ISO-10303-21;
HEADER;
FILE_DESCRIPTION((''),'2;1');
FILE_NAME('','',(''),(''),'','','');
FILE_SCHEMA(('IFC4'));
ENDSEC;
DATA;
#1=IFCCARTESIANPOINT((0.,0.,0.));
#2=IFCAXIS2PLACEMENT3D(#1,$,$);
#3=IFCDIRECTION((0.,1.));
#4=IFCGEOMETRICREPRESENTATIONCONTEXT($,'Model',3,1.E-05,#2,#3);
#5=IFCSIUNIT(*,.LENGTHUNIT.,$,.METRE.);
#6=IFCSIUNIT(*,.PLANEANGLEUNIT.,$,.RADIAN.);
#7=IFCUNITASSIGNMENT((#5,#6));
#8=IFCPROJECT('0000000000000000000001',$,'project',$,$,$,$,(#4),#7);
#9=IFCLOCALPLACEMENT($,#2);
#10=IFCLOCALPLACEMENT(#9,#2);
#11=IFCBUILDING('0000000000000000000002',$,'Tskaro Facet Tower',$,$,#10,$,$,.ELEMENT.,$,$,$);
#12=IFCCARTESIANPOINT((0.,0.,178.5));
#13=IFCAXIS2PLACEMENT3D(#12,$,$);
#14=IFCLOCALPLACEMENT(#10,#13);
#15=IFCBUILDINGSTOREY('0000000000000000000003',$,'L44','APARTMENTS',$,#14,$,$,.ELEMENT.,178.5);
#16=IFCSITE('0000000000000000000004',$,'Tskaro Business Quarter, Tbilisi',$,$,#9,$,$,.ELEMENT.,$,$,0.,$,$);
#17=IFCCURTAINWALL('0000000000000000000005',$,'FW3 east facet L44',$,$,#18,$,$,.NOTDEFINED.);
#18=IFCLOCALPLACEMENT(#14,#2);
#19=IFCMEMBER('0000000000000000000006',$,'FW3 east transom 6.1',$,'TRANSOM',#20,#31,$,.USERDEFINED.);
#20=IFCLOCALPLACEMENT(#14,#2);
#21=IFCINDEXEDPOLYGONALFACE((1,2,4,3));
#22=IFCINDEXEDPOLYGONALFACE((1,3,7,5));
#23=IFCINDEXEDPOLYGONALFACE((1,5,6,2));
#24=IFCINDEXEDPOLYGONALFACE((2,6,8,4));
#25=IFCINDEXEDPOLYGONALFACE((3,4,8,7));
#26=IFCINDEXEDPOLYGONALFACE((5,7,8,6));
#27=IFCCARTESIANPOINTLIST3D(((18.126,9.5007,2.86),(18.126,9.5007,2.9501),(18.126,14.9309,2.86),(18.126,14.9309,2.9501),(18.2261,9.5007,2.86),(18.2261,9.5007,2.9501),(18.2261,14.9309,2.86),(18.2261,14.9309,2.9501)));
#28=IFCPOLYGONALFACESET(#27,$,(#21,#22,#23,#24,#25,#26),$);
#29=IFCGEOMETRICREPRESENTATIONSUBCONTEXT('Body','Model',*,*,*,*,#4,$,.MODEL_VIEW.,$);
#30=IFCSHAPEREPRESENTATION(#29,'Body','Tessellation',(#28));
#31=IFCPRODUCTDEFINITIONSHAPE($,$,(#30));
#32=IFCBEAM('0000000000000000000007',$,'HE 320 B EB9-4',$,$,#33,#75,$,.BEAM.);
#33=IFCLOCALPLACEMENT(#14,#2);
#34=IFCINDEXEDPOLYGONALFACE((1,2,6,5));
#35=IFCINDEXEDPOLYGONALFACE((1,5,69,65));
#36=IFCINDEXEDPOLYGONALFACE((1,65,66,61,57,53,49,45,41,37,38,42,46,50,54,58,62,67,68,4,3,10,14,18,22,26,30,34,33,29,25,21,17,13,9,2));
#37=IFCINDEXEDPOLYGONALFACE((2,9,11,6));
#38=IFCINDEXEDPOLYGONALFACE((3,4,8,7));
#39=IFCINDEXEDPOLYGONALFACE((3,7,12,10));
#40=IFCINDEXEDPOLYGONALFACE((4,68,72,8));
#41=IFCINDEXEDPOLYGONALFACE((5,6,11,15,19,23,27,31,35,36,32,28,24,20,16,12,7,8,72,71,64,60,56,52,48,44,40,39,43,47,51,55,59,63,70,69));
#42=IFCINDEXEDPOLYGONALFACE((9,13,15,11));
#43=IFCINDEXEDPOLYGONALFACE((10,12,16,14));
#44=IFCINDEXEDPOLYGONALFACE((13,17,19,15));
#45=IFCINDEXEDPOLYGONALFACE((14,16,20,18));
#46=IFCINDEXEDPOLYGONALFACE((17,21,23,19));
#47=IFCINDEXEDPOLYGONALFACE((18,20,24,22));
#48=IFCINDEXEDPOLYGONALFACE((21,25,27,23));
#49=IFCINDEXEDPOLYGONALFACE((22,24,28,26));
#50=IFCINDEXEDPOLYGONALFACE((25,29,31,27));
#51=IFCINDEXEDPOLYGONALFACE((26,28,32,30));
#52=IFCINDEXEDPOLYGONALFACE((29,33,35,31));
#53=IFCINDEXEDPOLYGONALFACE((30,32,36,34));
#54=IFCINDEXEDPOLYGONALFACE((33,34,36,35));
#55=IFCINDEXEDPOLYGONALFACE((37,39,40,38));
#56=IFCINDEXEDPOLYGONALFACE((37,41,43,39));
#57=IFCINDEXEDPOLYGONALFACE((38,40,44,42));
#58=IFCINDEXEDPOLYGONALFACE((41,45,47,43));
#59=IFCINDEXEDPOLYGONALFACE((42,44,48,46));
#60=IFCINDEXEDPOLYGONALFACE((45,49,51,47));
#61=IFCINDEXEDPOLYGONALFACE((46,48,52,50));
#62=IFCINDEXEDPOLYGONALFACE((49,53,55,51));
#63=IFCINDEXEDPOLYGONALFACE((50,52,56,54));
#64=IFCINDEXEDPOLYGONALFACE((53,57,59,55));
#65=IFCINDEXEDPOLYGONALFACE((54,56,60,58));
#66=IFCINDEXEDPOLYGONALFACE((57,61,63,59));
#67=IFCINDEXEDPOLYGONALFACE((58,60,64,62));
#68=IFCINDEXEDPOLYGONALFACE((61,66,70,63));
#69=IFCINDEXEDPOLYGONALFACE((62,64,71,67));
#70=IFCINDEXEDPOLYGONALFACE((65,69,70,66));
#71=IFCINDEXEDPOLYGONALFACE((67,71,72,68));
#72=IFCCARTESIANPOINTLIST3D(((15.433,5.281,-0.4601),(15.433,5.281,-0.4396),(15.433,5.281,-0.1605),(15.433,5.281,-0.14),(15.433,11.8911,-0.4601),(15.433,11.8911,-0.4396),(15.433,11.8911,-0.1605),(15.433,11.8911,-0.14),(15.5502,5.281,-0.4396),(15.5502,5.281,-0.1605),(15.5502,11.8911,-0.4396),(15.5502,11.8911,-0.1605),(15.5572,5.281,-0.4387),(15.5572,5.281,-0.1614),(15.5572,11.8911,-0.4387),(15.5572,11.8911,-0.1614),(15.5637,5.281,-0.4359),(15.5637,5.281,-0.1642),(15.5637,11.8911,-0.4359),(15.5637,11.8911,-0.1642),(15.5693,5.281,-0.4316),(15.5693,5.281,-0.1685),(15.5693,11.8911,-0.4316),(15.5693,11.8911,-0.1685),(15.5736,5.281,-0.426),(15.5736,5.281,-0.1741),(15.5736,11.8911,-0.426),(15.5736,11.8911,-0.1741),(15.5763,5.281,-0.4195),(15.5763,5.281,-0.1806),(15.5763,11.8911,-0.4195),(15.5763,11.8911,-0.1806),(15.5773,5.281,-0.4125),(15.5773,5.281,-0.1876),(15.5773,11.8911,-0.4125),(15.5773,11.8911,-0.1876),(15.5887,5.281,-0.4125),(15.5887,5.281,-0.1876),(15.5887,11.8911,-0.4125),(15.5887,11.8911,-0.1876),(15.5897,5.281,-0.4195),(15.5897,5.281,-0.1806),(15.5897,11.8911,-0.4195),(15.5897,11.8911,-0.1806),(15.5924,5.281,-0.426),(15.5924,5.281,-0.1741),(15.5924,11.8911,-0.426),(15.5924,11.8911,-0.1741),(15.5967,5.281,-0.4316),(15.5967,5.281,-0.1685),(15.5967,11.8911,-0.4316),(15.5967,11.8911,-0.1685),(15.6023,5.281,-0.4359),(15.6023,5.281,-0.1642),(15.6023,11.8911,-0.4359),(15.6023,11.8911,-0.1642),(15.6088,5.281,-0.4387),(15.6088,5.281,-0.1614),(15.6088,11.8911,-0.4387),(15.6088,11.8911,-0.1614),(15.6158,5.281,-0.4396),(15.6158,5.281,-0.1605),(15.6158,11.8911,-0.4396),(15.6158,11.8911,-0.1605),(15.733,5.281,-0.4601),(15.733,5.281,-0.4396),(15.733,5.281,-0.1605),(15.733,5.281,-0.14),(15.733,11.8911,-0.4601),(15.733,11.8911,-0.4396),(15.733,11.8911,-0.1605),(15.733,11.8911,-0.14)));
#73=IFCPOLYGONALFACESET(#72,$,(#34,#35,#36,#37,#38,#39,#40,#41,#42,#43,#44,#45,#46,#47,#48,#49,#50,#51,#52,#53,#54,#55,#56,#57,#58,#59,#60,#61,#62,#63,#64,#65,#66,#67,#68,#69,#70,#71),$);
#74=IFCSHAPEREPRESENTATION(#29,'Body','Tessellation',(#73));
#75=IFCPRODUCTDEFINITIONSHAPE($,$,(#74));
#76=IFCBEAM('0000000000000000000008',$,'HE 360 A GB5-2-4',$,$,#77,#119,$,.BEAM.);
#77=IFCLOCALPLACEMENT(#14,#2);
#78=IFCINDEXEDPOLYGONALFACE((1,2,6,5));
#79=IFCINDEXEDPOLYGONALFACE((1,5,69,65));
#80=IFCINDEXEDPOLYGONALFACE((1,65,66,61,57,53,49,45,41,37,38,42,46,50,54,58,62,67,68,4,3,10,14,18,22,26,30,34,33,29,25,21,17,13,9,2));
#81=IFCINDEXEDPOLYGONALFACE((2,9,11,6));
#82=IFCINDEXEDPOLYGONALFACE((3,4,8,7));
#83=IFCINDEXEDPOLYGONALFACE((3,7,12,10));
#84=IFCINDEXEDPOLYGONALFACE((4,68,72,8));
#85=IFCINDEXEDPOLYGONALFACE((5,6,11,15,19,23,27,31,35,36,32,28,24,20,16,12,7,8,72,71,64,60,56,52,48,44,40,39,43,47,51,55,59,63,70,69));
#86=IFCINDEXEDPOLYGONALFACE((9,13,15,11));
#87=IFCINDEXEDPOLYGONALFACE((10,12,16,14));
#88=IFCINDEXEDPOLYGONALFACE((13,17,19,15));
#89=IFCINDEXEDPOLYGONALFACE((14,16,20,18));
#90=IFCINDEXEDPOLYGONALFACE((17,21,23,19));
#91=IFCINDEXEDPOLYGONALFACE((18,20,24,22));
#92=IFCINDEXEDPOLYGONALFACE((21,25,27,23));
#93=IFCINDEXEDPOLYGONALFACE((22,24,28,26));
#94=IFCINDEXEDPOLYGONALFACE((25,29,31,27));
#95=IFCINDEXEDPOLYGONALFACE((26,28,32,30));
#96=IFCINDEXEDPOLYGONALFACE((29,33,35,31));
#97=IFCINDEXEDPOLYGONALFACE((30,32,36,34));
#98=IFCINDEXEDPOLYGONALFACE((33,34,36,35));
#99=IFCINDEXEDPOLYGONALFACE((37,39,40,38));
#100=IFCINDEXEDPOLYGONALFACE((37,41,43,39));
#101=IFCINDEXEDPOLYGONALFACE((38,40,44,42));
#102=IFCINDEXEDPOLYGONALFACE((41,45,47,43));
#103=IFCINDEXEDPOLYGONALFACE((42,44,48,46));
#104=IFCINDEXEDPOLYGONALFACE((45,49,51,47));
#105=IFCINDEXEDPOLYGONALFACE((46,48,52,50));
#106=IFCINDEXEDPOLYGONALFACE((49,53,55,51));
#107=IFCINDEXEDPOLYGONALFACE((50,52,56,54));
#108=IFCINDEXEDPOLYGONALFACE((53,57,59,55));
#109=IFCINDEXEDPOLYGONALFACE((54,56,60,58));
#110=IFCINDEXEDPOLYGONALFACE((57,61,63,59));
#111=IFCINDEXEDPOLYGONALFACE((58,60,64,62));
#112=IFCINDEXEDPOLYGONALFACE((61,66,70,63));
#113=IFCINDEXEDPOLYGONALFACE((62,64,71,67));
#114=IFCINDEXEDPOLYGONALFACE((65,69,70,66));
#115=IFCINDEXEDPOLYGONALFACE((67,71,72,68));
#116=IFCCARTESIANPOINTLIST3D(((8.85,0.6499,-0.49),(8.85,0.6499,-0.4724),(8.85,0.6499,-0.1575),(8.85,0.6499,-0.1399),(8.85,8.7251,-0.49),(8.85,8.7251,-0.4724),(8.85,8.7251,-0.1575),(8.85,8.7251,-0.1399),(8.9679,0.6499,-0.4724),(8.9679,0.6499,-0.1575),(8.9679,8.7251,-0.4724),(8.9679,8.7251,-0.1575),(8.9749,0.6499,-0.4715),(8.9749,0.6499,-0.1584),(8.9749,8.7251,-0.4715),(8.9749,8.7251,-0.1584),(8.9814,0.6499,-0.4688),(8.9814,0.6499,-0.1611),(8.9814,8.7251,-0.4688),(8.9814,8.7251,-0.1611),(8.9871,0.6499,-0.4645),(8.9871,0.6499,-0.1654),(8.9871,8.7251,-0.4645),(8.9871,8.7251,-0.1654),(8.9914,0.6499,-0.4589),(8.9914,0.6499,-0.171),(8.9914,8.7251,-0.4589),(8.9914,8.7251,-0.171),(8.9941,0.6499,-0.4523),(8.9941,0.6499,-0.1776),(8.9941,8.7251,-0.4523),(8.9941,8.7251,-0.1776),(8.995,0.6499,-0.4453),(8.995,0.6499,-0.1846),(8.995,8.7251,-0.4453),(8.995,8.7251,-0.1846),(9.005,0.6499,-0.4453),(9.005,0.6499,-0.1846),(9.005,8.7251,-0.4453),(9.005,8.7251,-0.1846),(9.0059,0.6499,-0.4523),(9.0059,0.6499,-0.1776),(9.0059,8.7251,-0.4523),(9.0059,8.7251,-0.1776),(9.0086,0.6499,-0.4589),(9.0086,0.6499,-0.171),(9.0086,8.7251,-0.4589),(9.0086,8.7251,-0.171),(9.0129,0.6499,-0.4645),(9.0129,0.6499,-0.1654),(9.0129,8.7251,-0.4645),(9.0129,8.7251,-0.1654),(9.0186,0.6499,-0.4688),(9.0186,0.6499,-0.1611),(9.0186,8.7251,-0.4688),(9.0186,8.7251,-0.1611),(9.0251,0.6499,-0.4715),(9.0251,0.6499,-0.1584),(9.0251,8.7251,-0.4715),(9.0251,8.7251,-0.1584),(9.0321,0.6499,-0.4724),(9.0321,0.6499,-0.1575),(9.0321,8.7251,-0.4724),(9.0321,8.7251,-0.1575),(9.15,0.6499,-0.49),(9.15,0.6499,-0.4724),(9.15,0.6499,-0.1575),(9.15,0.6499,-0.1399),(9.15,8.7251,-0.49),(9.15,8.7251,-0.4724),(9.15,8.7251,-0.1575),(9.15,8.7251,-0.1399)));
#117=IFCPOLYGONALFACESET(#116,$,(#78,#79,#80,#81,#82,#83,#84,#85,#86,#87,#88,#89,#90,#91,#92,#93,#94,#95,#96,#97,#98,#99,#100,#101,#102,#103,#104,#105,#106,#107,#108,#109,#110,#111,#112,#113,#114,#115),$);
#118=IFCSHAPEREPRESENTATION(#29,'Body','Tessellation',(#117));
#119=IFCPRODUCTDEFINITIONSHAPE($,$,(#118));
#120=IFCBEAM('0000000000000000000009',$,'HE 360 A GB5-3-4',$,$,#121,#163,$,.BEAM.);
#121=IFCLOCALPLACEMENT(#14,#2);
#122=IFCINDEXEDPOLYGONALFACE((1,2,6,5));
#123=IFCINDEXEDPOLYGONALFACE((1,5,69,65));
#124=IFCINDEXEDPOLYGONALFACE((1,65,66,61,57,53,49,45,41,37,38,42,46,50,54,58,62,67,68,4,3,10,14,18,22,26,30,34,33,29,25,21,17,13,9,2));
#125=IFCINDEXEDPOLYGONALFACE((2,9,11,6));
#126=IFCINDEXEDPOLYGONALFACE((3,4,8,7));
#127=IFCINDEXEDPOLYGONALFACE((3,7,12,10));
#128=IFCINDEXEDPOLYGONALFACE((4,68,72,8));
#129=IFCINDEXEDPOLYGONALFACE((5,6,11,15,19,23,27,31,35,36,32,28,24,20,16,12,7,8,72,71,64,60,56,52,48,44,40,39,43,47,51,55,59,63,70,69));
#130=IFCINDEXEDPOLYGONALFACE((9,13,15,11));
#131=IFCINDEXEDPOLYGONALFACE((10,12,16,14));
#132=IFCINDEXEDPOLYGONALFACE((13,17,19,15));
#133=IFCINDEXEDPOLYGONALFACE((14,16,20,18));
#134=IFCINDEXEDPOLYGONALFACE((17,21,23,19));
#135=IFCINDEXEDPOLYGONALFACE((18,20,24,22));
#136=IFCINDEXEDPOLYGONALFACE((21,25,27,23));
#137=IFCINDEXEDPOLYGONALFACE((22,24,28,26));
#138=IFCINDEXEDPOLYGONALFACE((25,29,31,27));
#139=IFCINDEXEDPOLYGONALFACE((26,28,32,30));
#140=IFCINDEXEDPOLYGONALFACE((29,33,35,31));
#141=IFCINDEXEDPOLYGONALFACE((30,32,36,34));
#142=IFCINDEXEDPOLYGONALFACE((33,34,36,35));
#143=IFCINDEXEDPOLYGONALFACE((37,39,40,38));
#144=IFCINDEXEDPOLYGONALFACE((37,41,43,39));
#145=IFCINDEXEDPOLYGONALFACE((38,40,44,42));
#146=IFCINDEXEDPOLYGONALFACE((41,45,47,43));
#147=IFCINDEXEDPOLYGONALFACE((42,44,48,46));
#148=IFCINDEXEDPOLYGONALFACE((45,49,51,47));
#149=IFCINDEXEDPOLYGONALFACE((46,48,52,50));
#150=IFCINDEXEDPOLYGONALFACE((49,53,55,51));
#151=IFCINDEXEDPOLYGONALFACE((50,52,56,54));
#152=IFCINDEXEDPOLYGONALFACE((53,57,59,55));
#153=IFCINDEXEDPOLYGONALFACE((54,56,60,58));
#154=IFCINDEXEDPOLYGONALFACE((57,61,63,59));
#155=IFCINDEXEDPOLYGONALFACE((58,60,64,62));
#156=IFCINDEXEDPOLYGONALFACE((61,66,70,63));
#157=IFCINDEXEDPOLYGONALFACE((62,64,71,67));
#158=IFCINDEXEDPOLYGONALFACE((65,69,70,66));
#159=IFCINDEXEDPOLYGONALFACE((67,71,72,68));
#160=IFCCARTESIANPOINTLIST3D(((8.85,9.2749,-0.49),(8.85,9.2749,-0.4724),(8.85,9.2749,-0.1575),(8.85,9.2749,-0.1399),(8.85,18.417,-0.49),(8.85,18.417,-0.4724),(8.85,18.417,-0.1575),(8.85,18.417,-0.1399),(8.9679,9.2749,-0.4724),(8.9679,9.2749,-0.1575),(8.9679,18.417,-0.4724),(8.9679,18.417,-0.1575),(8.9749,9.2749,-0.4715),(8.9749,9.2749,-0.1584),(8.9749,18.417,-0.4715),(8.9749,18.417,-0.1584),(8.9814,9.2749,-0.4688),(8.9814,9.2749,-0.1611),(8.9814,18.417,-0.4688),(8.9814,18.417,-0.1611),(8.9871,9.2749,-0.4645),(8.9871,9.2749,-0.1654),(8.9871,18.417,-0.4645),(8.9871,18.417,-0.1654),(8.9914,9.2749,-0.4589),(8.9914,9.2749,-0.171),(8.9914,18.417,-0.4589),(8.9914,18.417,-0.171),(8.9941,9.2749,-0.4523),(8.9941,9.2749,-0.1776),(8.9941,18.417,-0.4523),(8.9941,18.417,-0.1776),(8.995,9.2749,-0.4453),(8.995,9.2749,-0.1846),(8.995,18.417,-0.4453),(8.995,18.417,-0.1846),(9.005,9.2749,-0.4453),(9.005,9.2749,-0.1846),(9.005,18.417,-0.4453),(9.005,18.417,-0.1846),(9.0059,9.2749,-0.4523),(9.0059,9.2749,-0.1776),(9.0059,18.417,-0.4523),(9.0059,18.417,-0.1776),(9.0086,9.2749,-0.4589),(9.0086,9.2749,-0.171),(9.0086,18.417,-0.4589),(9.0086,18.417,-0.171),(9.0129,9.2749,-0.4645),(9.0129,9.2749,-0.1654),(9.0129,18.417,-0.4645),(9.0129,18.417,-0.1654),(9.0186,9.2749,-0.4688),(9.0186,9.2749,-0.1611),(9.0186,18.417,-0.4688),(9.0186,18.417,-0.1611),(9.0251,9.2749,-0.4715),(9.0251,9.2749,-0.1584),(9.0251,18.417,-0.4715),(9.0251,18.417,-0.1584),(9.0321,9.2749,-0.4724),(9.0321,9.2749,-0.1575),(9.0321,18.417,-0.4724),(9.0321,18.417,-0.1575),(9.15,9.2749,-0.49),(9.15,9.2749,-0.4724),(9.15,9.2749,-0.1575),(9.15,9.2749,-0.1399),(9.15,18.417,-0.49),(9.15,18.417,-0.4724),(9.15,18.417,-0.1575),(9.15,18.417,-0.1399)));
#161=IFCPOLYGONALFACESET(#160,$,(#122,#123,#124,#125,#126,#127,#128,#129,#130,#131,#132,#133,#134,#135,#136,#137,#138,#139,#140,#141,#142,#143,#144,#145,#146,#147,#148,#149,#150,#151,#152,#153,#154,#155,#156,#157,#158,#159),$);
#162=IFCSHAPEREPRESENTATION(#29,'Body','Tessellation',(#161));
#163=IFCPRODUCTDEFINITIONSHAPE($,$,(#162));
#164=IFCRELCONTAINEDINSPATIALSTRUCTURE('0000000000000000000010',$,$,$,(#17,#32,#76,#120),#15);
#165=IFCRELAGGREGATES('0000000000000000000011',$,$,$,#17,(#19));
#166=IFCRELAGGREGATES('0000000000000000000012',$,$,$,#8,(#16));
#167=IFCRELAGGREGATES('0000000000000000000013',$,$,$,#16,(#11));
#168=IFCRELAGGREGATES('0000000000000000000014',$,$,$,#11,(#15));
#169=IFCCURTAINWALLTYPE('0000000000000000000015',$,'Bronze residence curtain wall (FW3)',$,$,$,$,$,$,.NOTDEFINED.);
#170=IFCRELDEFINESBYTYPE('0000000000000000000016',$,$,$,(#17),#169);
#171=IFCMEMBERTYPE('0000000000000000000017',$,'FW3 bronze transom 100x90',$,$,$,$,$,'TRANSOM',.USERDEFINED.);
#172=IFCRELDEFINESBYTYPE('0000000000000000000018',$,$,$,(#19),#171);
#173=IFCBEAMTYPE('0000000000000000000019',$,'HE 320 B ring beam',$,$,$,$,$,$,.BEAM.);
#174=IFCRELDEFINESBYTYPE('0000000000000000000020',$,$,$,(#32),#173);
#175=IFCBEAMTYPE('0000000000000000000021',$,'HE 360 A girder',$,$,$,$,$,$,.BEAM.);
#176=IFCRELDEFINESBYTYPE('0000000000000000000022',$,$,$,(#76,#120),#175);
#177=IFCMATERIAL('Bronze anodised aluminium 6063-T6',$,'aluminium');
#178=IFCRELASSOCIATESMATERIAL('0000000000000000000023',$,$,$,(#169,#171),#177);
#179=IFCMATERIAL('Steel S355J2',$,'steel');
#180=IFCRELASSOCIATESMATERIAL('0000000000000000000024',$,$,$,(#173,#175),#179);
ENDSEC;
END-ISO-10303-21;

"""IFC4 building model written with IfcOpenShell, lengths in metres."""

from ifc_helpers import new_model, si_unit, direction, frame, origin, origin_2d, place, context, subcontext, project, spatial, rectangle, i_section, extrude, material, material_profile, profile_set, type_object, element, aggregate, save


model = new_model("IFC4")

# Units and contexts
model_context = context("Model", 3, precision=1e-05, world=origin(), true_north=direction((0.0, 1.0)))
body_context = subcontext(model_context, "Body", "Model", "MODEL_VIEW")
ifc_project = project(units=[si_unit("LENGTHUNIT", "METRE"), si_unit("PLANEANGLEUNIT", "RADIAN")], contexts=[model_context])

# Site, building, storey
site_placement = place(None, origin())
site = spatial("IfcSite", under=ifc_project, at=site_placement, Name="Tskaro Business Quarter, Tbilisi", CompositionType="ELEMENT", RefElevation=0.0)
building_placement = place(site_placement, origin())
building = spatial("IfcBuilding", under=site, at=building_placement, Name="Tskaro Facet Tower", CompositionType="ELEMENT")
storey_placement = place(building_placement, frame((0.0, 0.0, 178.5)))
storey = spatial("IfcBuildingStorey", under=building, at=storey_placement, Name="L44", Description="APARTMENTS", CompositionType="ELEMENT", Elevation=178.5)

# Curtain wall, member
ifc_material_1 = material(Name="Bronze anodised aluminium 6063-T6", Category="aluminium")
curtain_wall_type = type_object("IfcCurtainWallType", Name="Bronze residence curtain wall (FW3)", PredefinedType="NOTDEFINED", material=ifc_material_1)
curtain_wall_placement = place(storey_placement, origin())
curtain_wall = element("IfcCurtainWall", 1, at=curtain_wall_placement, inside=storey, type_object=curtain_wall_type, Name="FW3 east facet L44", PredefinedType="NOTDEFINED")
ifc_material_profile_1 = material_profile(ifc_material_1, rectangle(XDim=0.1001, YDim=0.0901, at=origin_2d()), Name="Transom 100x90")
ifc_profile_set_1 = profile_set([ifc_material_profile_1], Name="Bronze anodised aluminium 6063-T6")
member_type_1 = type_object("IfcMemberType", Name="FW3 bronze transom 100x90", ElementType="TRANSOM", PredefinedType="USERDEFINED", material=ifc_profile_set_1)
member_1_placement = place(storey_placement, frame((18.176, 9.5007, 2.905), z_axis=(0.0, 1.0, 0.0), x_axis=(-1.0, 0.0, 0.0)))
member_1 = element("IfcMember", 2, at=member_1_placement, type_object=member_type_1, Name="FW3 east transom 6.1", ObjectType="TRANSOM", PredefinedType="USERDEFINED", context=body_context, shape_type="SweptSolid", body=[
    extrude(rectangle(XDim=0.1001, YDim=0.0901, at=origin_2d()), origin(), (0.0, 0.0, 1.0), 5.4302),
])

# Beams
ifc_material_2 = material(Name="Steel S355J2", Category="steel")
ifc_material_profile_2 = material_profile(ifc_material_2, i_section(OverallWidth=0.3, OverallDepth=0.3201, WebThickness=0.0115, FlangeThickness=0.0205, FilletRadius=0.0271, at=origin_2d()), Name="HE 320 B")
ifc_profile_set_2 = profile_set([ifc_material_profile_2], Name="Steel S355J2")
beam_type_1 = type_object("IfcBeamType", Name="HE 320 B ring beam", PredefinedType="BEAM", material=ifc_profile_set_2)
beam_1_placement = place(storey_placement, frame((15.583, 5.281, -0.3), z_axis=(0.0, 1.0, 0.0), x_axis=(-1.0, 0.0, 0.0)))
element("IfcBeam", 3, at=beam_1_placement, inside=storey, type_object=beam_type_1, Name="HE 320 B EB9-4", PredefinedType="BEAM", context=body_context, shape_type="SweptSolid", body=[
    extrude(i_section(OverallWidth=0.3, OverallDepth=0.3201, WebThickness=0.0115, FlangeThickness=0.0205, FilletRadius=0.0271, at=origin_2d()), origin(), (0.0, 0.0, 1.0), 6.6101),
])
ifc_material_profile_3 = material_profile(ifc_material_2, i_section(OverallWidth=0.3, OverallDepth=0.3501, WebThickness=0.01, FlangeThickness=0.0176, FilletRadius=0.0271, at=origin_2d()), Name="HE 360 A")
ifc_profile_set_3 = profile_set([ifc_material_profile_3], Name="Steel S355J2")
beam_type_2 = type_object("IfcBeamType", Name="HE 360 A girder", PredefinedType="BEAM", material=ifc_profile_set_3)
beam_2_placement = place(storey_placement, frame((9.0, 0.6499, -0.3149), z_axis=(0.0, 1.0, 0.0), x_axis=(-1.0, 0.0, 0.0)))
element("IfcBeam", 4, at=beam_2_placement, inside=storey, type_object=beam_type_2, Name="HE 360 A GB5-2-4", PredefinedType="BEAM", context=body_context, shape_type="SweptSolid", body=[
    extrude(i_section(OverallWidth=0.3, OverallDepth=0.3501, WebThickness=0.01, FlangeThickness=0.0176, FilletRadius=0.0271, at=origin_2d()), origin(), (0.0, 0.0, 1.0), 8.0752),
])
beam_3_placement = place(storey_placement, frame((9.0, 9.2749, -0.3149), z_axis=(0.0, 1.0, 0.0), x_axis=(-1.0, 0.0, 0.0)))
element("IfcBeam", 5, at=beam_3_placement, inside=storey, type_object=beam_type_2, Name="HE 360 A GB5-3-4", PredefinedType="BEAM", context=body_context, shape_type="SweptSolid", body=[
    extrude(i_section(OverallWidth=0.3, OverallDepth=0.3501, WebThickness=0.01, FlangeThickness=0.0176, FilletRadius=0.0271, at=origin_2d()), origin(), (0.0, 0.0, 1.0), 9.1421),
])

aggregate(curtain_wall, [member_1])

save(model, "model.ifc")
